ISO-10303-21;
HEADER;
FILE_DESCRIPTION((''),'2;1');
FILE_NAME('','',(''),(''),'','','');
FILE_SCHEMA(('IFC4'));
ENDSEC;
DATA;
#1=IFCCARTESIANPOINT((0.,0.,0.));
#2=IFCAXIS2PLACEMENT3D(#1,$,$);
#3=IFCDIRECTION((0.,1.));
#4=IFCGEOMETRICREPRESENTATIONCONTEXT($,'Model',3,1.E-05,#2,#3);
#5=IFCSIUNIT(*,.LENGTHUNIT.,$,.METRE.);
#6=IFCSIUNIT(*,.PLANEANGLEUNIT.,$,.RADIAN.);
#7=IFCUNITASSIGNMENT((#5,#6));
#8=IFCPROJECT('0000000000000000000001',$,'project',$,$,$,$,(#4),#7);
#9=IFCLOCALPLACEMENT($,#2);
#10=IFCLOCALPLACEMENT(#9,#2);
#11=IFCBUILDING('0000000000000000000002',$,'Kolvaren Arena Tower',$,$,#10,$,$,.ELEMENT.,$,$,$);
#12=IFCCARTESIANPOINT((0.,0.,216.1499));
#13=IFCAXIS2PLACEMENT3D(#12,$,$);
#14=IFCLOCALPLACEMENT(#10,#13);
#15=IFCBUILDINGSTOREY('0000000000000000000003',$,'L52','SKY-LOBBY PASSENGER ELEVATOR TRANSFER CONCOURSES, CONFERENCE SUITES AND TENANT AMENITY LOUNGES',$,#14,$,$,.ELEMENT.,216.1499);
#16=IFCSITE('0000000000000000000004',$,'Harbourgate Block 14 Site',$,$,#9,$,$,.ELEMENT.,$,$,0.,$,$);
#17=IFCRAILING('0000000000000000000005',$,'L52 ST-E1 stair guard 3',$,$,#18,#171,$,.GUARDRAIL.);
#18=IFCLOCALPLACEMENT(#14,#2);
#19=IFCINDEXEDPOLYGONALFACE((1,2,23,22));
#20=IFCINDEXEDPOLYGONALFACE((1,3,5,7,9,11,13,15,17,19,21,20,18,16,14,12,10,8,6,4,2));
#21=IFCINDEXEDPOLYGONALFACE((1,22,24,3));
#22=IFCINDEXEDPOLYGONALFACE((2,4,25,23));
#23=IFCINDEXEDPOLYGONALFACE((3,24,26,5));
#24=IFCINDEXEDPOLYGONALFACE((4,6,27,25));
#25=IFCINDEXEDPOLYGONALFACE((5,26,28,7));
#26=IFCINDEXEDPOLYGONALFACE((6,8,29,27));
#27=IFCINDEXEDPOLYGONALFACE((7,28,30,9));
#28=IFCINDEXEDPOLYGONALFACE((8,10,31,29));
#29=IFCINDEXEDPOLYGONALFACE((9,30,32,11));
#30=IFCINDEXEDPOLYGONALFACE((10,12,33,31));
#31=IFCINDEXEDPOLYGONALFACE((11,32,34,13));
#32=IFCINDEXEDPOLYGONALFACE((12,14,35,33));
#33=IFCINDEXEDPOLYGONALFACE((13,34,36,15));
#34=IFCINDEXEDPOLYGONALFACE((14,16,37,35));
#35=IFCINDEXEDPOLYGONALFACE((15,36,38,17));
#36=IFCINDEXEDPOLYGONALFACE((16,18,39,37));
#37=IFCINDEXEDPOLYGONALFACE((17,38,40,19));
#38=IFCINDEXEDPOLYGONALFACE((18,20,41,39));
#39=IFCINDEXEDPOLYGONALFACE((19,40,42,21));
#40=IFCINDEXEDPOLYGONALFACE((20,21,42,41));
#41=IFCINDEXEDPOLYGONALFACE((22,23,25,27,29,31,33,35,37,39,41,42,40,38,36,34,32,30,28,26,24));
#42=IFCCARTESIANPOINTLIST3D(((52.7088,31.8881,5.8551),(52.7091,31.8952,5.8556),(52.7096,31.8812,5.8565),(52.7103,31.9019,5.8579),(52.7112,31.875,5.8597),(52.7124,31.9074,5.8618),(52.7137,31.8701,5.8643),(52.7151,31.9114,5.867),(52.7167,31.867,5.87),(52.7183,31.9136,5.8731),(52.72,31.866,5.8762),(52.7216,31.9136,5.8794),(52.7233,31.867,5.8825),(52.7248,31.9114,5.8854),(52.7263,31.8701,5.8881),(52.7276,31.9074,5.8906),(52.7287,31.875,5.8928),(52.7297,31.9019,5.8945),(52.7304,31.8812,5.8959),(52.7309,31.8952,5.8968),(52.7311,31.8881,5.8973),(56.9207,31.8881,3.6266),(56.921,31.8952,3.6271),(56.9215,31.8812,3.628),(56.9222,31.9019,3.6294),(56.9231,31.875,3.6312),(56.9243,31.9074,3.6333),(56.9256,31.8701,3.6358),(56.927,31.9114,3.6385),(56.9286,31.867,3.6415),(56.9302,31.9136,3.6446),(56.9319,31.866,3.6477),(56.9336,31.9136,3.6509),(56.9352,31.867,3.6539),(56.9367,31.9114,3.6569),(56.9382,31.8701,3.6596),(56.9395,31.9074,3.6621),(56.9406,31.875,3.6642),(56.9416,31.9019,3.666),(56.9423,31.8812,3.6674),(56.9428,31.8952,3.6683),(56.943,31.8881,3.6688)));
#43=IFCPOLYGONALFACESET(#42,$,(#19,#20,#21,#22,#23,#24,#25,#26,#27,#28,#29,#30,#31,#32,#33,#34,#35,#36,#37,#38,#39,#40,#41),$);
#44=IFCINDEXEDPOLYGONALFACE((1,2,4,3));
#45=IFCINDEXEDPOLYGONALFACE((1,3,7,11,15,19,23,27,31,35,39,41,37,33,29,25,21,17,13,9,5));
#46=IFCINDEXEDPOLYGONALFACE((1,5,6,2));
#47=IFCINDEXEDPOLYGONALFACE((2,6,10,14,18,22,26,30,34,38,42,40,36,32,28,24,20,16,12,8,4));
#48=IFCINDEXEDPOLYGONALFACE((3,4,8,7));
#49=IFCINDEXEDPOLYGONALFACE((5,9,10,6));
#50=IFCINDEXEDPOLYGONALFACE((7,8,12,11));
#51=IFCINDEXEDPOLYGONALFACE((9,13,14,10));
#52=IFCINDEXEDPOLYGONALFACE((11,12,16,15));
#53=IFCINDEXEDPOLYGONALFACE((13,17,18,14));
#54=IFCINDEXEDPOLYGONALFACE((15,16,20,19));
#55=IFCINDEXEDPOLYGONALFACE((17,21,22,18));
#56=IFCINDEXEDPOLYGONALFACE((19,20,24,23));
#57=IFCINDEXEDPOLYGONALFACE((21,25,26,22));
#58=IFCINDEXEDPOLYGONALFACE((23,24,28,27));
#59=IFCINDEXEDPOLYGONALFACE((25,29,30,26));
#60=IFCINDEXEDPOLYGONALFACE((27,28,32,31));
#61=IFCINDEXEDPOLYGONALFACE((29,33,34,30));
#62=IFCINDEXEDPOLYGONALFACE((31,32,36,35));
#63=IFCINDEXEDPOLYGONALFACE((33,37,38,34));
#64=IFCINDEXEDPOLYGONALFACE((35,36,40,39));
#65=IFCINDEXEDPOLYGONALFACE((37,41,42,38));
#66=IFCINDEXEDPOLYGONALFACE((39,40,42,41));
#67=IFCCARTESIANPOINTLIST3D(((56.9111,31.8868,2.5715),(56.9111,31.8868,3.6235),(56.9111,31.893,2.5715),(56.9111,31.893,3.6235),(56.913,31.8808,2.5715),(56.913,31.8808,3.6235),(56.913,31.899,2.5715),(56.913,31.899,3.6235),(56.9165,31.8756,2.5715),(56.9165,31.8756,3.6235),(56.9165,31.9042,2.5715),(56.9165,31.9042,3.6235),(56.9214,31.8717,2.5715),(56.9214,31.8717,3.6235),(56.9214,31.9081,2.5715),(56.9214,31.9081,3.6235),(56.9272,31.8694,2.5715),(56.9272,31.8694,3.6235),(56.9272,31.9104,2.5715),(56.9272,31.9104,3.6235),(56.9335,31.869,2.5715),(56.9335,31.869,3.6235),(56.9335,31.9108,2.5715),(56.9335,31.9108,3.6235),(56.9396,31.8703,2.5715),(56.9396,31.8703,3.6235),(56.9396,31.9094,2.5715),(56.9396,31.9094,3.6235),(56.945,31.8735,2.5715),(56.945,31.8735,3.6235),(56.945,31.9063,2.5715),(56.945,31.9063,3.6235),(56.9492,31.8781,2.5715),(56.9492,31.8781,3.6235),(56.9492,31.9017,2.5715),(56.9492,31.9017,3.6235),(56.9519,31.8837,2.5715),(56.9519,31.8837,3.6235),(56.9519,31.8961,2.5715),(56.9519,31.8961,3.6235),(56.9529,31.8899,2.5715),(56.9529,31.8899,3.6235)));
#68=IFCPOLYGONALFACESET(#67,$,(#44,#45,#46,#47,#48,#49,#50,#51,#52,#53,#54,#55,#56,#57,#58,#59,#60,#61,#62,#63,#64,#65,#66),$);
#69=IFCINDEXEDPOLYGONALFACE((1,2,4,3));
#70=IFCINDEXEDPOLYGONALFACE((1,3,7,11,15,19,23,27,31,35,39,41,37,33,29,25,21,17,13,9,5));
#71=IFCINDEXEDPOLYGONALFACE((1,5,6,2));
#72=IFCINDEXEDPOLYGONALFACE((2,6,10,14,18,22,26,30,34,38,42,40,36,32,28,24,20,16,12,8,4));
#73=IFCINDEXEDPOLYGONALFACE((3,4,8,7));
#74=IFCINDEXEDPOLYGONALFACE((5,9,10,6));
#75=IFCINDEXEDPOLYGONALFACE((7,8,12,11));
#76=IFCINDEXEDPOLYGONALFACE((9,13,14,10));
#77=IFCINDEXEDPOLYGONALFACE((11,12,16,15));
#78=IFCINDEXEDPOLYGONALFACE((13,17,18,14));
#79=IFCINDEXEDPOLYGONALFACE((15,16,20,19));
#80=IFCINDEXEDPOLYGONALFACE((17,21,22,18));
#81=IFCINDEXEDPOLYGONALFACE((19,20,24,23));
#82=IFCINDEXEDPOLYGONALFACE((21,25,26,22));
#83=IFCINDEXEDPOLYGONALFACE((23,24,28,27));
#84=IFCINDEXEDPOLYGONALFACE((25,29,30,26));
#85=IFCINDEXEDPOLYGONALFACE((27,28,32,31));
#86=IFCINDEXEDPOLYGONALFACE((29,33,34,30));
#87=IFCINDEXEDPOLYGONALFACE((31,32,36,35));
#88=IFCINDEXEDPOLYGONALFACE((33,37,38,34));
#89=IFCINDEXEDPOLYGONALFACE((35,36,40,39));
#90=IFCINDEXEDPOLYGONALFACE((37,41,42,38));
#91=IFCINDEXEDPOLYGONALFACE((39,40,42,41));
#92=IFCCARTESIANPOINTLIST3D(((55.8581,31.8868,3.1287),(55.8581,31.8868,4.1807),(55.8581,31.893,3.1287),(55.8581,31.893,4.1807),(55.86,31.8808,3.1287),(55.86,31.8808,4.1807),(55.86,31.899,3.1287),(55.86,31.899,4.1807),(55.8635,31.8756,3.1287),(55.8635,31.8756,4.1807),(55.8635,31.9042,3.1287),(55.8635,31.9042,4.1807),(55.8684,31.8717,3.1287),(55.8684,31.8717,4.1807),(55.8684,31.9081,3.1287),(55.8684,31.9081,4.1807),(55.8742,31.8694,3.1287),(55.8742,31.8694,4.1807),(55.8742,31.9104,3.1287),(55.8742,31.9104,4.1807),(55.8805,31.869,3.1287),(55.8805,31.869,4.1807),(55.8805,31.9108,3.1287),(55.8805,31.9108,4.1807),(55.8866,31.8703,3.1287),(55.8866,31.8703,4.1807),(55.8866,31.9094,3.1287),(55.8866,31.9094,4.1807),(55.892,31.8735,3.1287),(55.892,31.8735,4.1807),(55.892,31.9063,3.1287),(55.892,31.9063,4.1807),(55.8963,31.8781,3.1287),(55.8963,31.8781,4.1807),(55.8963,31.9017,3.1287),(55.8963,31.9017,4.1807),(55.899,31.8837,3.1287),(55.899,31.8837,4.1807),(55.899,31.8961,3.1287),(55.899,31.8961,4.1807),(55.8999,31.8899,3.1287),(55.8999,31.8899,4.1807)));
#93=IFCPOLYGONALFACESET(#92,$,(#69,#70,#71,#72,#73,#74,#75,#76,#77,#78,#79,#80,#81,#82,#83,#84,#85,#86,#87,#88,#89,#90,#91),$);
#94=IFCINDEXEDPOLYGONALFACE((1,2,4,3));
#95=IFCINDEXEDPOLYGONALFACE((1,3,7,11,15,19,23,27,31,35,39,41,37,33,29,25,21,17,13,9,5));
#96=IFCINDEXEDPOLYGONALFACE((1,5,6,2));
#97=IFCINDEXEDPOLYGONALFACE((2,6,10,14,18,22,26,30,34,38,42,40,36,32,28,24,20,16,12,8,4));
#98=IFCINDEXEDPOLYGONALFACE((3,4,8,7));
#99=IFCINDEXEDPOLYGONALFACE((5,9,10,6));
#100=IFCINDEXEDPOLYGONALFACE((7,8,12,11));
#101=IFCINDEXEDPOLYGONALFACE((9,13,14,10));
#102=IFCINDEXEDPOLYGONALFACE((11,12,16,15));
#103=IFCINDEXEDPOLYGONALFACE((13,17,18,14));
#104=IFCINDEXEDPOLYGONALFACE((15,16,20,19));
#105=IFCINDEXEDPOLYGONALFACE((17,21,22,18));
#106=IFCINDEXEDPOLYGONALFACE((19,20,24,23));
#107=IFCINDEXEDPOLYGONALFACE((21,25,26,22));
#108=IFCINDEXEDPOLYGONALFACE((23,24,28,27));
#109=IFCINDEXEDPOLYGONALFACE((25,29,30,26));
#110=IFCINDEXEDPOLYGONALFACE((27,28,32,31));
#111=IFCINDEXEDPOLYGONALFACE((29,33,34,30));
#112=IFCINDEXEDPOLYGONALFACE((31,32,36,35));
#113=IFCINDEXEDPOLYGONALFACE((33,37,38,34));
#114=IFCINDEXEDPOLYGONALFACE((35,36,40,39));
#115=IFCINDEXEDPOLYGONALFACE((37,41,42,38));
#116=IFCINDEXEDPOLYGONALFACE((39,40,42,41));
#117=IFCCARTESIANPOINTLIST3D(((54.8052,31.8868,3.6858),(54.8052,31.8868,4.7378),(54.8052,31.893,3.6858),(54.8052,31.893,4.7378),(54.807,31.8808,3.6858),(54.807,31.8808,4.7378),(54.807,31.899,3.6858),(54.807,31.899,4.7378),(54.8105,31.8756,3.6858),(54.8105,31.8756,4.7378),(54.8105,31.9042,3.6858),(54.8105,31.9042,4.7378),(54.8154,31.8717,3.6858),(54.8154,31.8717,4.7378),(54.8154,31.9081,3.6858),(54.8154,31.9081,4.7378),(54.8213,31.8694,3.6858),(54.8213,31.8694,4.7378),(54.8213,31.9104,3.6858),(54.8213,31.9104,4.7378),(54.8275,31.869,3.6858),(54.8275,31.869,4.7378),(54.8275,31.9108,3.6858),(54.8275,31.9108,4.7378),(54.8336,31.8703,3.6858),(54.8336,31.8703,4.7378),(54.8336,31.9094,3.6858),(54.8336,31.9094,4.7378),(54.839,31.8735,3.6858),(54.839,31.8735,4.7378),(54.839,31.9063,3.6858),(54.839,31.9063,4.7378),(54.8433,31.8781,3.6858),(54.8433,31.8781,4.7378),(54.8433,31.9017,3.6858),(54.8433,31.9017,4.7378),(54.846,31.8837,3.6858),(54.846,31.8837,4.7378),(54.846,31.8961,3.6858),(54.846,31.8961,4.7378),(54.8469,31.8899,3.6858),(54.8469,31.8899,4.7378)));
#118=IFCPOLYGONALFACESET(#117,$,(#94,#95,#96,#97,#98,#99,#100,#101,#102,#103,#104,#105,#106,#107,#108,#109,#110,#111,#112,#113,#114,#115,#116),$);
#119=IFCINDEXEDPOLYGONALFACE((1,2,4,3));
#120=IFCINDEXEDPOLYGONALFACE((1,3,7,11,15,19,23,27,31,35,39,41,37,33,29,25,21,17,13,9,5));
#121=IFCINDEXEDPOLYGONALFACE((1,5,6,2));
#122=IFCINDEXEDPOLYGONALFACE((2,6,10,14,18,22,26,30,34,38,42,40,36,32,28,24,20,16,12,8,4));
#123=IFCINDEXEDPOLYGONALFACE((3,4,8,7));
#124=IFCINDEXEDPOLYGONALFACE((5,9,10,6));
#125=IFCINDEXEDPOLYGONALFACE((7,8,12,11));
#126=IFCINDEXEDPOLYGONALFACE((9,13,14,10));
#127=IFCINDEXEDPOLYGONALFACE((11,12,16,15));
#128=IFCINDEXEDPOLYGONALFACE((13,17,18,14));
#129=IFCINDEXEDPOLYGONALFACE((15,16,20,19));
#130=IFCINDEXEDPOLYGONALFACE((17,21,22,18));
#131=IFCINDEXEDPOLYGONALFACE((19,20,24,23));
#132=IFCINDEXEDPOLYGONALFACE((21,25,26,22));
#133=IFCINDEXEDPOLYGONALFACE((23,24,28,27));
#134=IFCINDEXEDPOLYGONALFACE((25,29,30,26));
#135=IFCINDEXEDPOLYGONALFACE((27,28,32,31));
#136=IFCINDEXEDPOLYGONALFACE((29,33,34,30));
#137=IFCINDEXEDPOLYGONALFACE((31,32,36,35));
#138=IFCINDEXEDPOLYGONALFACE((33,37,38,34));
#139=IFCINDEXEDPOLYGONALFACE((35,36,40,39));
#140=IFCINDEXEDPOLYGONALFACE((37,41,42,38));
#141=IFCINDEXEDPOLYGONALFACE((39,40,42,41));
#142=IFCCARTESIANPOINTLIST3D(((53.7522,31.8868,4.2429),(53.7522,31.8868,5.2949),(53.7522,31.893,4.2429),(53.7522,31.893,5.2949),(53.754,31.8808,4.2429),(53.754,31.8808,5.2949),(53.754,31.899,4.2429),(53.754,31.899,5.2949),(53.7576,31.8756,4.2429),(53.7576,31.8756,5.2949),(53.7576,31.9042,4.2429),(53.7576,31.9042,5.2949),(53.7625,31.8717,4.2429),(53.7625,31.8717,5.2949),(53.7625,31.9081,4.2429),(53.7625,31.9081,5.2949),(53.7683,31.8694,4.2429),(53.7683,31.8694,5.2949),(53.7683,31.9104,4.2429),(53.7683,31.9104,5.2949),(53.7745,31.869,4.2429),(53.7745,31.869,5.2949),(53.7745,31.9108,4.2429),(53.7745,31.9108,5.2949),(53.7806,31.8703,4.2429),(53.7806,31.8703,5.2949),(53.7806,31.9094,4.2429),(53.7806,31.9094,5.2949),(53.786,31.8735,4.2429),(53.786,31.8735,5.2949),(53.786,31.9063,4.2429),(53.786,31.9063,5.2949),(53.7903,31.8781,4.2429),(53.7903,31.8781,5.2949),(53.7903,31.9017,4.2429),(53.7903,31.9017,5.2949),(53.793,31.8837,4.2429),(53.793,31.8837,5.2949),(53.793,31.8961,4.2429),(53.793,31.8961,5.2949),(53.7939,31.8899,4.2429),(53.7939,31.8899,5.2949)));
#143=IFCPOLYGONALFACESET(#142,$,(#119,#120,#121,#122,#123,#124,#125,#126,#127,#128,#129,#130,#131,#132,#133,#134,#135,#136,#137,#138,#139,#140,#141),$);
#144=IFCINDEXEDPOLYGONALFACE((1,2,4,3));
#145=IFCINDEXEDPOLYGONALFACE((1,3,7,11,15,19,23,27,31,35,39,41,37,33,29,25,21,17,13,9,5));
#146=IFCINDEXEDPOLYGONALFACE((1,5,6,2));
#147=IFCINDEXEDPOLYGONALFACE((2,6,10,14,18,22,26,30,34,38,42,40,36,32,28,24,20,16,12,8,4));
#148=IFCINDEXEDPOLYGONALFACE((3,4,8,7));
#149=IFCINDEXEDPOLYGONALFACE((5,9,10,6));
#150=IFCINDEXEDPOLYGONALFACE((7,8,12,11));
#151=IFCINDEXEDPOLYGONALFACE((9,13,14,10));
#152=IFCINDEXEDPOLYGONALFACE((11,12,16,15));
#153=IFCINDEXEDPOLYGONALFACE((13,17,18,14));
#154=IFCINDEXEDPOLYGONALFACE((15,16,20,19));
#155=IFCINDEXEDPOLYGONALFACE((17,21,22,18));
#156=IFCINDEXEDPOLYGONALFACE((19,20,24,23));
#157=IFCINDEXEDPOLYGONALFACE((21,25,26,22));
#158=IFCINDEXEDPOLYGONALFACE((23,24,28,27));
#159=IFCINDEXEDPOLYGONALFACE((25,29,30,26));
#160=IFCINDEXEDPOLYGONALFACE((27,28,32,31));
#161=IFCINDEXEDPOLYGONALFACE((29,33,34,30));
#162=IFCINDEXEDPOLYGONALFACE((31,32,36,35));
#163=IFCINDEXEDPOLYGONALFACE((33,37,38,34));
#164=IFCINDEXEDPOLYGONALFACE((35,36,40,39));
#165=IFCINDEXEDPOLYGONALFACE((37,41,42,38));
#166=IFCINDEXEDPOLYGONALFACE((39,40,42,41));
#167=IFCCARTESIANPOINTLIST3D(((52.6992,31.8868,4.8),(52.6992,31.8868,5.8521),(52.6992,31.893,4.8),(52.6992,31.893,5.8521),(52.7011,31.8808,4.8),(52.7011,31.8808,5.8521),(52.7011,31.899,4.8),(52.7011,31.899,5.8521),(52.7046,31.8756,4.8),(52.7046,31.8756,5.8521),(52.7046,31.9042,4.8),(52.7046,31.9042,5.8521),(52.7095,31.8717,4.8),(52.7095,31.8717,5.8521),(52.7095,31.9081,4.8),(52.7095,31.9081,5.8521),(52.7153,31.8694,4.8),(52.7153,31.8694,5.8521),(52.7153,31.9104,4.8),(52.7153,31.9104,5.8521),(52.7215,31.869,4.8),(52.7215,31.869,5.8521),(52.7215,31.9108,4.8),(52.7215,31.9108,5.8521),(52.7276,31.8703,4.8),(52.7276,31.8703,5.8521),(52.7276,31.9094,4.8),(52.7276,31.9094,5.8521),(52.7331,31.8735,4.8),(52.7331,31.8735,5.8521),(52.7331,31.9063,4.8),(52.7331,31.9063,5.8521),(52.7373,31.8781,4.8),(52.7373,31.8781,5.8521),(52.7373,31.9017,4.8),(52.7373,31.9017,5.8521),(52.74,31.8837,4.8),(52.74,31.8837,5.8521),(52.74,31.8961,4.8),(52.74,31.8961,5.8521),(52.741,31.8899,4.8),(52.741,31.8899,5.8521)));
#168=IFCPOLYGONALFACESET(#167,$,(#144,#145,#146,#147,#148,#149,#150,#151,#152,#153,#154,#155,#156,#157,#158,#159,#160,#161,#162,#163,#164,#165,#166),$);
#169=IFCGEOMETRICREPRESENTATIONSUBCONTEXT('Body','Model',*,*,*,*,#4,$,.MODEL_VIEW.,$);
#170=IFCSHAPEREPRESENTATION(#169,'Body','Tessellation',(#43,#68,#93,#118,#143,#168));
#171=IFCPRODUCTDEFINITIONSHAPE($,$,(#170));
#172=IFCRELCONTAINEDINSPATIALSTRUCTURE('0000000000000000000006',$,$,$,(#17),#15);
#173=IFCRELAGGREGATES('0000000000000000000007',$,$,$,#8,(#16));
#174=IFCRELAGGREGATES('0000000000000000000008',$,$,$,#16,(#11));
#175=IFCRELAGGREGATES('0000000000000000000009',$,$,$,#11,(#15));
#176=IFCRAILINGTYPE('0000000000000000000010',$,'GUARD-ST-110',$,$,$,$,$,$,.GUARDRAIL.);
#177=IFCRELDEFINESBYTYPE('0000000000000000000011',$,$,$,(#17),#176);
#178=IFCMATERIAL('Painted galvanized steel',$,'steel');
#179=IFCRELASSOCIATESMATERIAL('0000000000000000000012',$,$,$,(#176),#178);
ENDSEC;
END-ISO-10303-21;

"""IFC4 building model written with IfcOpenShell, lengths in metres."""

from ifc_helpers import new_model, si_unit, direction, frame, origin, origin_2d, place, context, subcontext, project, spatial, circle, extrude, material, type_object, element, save


model = new_model("IFC4")

# Units and contexts
model_context = context("Model", 3, precision=1e-05, world=origin(), true_north=direction((0.0, 1.0)))
body_context = subcontext(model_context, "Body", "Model", "MODEL_VIEW")
ifc_project = project(units=[si_unit("LENGTHUNIT", "METRE"), si_unit("PLANEANGLEUNIT", "RADIAN")], contexts=[model_context])

# Site, building, storey
site_placement = place(None, origin())
site = spatial("IfcSite", under=ifc_project, at=site_placement, Name="Harbourgate Block 14 Site", CompositionType="ELEMENT", RefElevation=0.0)
building_placement = place(site_placement, origin())
building = spatial("IfcBuilding", under=site, at=building_placement, Name="Kolvaren Arena Tower", CompositionType="ELEMENT")
storey_placement = place(building_placement, frame((0.0, 0.0, 216.1499)))
storey = spatial("IfcBuildingStorey", under=building, at=storey_placement, Name="L52", Description="SKY-LOBBY PASSENGER ELEVATOR TRANSFER CONCOURSES, CONFERENCE SUITES AND TENANT AMENITY LOUNGES", CompositionType="ELEMENT", Elevation=216.1499)

# Railing
ifc_material_1 = material(Name="Painted galvanized steel", Category="steel")
railing_type_1 = type_object("IfcRailingType", Name="GUARD-ST-110", PredefinedType="GUARDRAIL", material=ifc_material_1)
railing_1_placement = place(storey_placement, frame((56.9319, 31.8899, 2.5715)))
element("IfcRailing", 1, at=railing_1_placement, inside=storey, type_object=railing_type_1, Name="L52 ST-E1 stair guard 3", PredefinedType="GUARDRAIL", context=body_context, shape_type="SweptSolid", body=[
    extrude(circle(Radius=0.0239, at=origin_2d()), frame((0.0, 0.0, 1.0762), z_axis=(-0.883903, 0.0, 0.467671), x_axis=(0.0, -1.0, 0.0)), (0.0, 0.0, 1.0), 4.7651),
    extrude(circle(Radius=0.021, at=origin_2d()), origin(), (0.0, 0.0, 1.0), 1.052),
    extrude(circle(Radius=0.021, at=origin_2d()), frame((-1.053, 0.0, 0.5571)), (0.0, 0.0, 1.0), 1.052),
    extrude(circle(Radius=0.021, at=origin_2d()), frame((-2.106, 0.0, 1.1143)), (0.0, 0.0, 1.0), 1.052),
    extrude(circle(Radius=0.021, at=origin_2d()), frame((-3.1589, 0.0, 1.6714)), (0.0, 0.0, 1.0), 1.052),
    extrude(circle(Radius=0.021, at=origin_2d()), frame((-4.2119, 0.0, 2.2285)), (0.0, 0.0, 1.0), 1.052),
])

save(model, "model.ifc")
